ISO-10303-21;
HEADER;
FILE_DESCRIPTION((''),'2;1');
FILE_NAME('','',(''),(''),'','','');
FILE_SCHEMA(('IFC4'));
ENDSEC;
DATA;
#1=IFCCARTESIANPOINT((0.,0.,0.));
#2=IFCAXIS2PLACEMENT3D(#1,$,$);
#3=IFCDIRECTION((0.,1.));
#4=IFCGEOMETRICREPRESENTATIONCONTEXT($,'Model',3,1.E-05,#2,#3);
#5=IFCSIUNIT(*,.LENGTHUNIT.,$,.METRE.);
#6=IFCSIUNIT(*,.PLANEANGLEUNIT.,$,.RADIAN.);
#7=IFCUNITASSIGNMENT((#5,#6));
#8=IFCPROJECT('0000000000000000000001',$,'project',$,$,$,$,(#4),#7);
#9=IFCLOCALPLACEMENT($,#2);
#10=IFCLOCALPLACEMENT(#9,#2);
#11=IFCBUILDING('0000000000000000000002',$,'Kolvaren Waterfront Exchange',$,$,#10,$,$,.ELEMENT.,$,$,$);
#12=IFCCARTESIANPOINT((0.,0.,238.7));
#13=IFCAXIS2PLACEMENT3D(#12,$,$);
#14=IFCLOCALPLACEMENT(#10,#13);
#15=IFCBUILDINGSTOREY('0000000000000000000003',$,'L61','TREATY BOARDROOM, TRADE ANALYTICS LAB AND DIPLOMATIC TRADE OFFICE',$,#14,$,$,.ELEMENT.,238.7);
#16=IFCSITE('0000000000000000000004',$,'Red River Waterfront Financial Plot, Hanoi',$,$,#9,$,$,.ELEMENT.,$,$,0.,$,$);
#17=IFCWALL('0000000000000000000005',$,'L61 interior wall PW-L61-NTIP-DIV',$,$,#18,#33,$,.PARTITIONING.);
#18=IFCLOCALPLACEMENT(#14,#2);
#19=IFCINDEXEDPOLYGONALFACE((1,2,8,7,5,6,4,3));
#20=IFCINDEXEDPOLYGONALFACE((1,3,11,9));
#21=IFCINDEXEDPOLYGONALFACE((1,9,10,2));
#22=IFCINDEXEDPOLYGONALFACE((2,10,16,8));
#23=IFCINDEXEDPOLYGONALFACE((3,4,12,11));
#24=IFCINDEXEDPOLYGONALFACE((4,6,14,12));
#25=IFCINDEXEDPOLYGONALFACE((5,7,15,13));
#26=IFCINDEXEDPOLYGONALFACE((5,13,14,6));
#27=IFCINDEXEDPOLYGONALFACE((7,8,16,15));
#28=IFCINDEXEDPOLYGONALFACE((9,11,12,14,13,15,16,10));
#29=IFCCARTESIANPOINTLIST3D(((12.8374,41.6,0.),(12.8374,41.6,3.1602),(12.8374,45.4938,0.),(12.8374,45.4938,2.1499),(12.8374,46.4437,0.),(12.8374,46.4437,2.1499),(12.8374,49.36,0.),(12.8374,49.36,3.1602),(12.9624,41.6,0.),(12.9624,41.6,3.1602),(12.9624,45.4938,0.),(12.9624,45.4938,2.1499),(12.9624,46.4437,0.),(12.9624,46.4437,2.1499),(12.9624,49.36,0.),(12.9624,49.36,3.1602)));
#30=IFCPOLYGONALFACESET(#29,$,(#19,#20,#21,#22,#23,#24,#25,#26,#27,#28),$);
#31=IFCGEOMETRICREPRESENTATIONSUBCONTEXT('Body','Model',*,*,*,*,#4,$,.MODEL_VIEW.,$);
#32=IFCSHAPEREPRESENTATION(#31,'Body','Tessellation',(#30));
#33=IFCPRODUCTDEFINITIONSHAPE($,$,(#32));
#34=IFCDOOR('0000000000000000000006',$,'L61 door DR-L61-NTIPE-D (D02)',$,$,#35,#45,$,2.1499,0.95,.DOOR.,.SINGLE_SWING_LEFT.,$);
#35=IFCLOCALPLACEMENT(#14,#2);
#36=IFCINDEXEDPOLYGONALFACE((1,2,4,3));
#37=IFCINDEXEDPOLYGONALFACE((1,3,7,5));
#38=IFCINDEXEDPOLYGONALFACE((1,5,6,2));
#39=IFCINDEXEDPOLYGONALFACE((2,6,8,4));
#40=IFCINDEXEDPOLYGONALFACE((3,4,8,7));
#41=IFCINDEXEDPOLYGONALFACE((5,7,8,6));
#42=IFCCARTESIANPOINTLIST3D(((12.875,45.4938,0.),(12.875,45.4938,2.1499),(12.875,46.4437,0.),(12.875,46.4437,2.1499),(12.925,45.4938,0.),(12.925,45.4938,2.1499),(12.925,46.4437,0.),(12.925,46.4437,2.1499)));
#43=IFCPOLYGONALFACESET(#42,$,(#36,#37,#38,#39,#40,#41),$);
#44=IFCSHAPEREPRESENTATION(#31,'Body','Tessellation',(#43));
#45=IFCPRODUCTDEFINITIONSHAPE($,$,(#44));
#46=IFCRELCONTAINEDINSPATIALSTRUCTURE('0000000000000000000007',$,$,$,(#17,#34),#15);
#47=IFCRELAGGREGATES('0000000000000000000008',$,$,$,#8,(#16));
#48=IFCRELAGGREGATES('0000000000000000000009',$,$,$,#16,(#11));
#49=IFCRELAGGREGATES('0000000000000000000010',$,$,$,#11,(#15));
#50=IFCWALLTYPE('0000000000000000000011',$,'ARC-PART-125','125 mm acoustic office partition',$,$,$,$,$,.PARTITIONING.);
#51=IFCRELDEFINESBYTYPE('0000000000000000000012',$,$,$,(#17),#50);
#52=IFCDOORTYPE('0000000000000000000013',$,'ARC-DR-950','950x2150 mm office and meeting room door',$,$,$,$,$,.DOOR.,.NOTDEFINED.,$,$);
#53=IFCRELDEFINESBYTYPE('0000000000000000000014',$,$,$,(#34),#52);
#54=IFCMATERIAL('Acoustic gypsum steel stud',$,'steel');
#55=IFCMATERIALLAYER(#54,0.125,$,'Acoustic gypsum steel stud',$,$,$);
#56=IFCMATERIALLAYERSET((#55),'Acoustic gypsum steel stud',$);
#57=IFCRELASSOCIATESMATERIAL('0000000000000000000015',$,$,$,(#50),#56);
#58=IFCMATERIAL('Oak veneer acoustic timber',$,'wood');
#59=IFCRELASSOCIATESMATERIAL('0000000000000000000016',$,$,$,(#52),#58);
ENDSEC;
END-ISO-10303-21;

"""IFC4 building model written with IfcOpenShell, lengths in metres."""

from ifc_helpers import new_model, si_unit, direction, frame, frame_2d, origin, place, context, subcontext, project, spatial, rectangle, extrude, material, layer, layer_set, type_object, element, fill, save


model = new_model("IFC4")

# Units and contexts
model_context = context("Model", 3, precision=1e-05, world=origin(), true_north=direction((0.0, 1.0)))
body_context = subcontext(model_context, "Body", "Model", "MODEL_VIEW")
ifc_project = project(units=[si_unit("LENGTHUNIT", "METRE"), si_unit("PLANEANGLEUNIT", "RADIAN")], contexts=[model_context])

# Site, building, storey
site_placement = place(None, origin())
site = spatial("IfcSite", under=ifc_project, at=site_placement, Name="Red River Waterfront Financial Plot, Hanoi", CompositionType="ELEMENT", RefElevation=0.0)
building_placement = place(site_placement, origin())
building = spatial("IfcBuilding", under=site, at=building_placement, Name="Kolvaren Waterfront Exchange", CompositionType="ELEMENT")
storey_placement = place(building_placement, frame((0.0, 0.0, 238.7)))
storey = spatial("IfcBuildingStorey", under=building, at=storey_placement, Name="L61", Description="TREATY BOARDROOM, TRADE ANALYTICS LAB AND DIPLOMATIC TRADE OFFICE", CompositionType="ELEMENT", Elevation=238.7)

# Wall, opening, door
ifc_material_1 = material(Name="Acoustic gypsum steel stud", Category="steel")
ifc_layer_1 = layer(ifc_material_1, 0.125, Name="Acoustic gypsum steel stud")
ifc_layer_set_1 = layer_set([ifc_layer_1], Name="Acoustic gypsum steel stud")
wall_type_1 = type_object("IfcWallType", Name="ARC-PART-125", Description="125 mm acoustic office partition", PredefinedType="PARTITIONING", material=ifc_layer_set_1)
wall_1_placement = place(storey_placement, frame((12.8999, 41.6001, 0.0), z_axis=(0.0, 0.0, 1.0), x_axis=(0.0, 1.0, 0.0)))
wall_1 = element("IfcWall", 1, at=wall_1_placement, inside=storey, type_object=wall_type_1, Name="L61 interior wall PW-L61-NTIP-DIV", PredefinedType="PARTITIONING", context=body_context, shape_type="SweptSolid", body=[
    extrude(rectangle(XDim=7.76, YDim=0.125, at=frame_2d((3.8799, 0.0))), origin(), (0.0, 0.0, 1.0), 3.1602),
])
opening_1_placement = place(wall_1_placement, frame((3.8936, 0.0, 0.0)))
opening_1 = element("IfcOpeningElement", 2, at=opening_1_placement, cuts=wall_1, PredefinedType="OPENING", context=body_context, shape_type="SweptSolid", body=[
    extrude(rectangle(XDim=0.95, YDim=2.1499, at=frame_2d((0.4751, 1.075))), frame((0.0, 0.0725, 0.0), z_axis=(0.0, -1.0, 0.0), x_axis=(1.0, 0.0, 0.0)), (0.0, 0.0, 1.0), 0.145),
])
ifc_material_2 = material(Name="Oak veneer acoustic timber", Category="wood")
door_type_1 = type_object("IfcDoorType", Name="ARC-DR-950", Description="950x2150 mm office and meeting room door", OperationType="NOTDEFINED", PredefinedType="DOOR", material=ifc_material_2)
door_1_placement = place(opening_1_placement, origin())
door_1 = element("IfcDoor", 3, at=door_1_placement, inside=storey, type_object=door_type_1, Name="L61 door DR-L61-NTIPE-D (D02)", OperationType="SINGLE_SWING_LEFT", OverallHeight=2.1499, OverallWidth=0.95, PredefinedType="DOOR", context=body_context, shape_type="SweptSolid", body=[
    extrude(rectangle(XDim=0.95, YDim=2.1499, at=frame_2d((0.4751, 1.075))), frame((0.0, 0.0249, 0.0), z_axis=(0.0, -1.0, 0.0), x_axis=(1.0, 0.0, 0.0)), (0.0, 0.0, 1.0), 0.05),
])
fill(opening_1, door_1)

save(model, "model.ifc")
